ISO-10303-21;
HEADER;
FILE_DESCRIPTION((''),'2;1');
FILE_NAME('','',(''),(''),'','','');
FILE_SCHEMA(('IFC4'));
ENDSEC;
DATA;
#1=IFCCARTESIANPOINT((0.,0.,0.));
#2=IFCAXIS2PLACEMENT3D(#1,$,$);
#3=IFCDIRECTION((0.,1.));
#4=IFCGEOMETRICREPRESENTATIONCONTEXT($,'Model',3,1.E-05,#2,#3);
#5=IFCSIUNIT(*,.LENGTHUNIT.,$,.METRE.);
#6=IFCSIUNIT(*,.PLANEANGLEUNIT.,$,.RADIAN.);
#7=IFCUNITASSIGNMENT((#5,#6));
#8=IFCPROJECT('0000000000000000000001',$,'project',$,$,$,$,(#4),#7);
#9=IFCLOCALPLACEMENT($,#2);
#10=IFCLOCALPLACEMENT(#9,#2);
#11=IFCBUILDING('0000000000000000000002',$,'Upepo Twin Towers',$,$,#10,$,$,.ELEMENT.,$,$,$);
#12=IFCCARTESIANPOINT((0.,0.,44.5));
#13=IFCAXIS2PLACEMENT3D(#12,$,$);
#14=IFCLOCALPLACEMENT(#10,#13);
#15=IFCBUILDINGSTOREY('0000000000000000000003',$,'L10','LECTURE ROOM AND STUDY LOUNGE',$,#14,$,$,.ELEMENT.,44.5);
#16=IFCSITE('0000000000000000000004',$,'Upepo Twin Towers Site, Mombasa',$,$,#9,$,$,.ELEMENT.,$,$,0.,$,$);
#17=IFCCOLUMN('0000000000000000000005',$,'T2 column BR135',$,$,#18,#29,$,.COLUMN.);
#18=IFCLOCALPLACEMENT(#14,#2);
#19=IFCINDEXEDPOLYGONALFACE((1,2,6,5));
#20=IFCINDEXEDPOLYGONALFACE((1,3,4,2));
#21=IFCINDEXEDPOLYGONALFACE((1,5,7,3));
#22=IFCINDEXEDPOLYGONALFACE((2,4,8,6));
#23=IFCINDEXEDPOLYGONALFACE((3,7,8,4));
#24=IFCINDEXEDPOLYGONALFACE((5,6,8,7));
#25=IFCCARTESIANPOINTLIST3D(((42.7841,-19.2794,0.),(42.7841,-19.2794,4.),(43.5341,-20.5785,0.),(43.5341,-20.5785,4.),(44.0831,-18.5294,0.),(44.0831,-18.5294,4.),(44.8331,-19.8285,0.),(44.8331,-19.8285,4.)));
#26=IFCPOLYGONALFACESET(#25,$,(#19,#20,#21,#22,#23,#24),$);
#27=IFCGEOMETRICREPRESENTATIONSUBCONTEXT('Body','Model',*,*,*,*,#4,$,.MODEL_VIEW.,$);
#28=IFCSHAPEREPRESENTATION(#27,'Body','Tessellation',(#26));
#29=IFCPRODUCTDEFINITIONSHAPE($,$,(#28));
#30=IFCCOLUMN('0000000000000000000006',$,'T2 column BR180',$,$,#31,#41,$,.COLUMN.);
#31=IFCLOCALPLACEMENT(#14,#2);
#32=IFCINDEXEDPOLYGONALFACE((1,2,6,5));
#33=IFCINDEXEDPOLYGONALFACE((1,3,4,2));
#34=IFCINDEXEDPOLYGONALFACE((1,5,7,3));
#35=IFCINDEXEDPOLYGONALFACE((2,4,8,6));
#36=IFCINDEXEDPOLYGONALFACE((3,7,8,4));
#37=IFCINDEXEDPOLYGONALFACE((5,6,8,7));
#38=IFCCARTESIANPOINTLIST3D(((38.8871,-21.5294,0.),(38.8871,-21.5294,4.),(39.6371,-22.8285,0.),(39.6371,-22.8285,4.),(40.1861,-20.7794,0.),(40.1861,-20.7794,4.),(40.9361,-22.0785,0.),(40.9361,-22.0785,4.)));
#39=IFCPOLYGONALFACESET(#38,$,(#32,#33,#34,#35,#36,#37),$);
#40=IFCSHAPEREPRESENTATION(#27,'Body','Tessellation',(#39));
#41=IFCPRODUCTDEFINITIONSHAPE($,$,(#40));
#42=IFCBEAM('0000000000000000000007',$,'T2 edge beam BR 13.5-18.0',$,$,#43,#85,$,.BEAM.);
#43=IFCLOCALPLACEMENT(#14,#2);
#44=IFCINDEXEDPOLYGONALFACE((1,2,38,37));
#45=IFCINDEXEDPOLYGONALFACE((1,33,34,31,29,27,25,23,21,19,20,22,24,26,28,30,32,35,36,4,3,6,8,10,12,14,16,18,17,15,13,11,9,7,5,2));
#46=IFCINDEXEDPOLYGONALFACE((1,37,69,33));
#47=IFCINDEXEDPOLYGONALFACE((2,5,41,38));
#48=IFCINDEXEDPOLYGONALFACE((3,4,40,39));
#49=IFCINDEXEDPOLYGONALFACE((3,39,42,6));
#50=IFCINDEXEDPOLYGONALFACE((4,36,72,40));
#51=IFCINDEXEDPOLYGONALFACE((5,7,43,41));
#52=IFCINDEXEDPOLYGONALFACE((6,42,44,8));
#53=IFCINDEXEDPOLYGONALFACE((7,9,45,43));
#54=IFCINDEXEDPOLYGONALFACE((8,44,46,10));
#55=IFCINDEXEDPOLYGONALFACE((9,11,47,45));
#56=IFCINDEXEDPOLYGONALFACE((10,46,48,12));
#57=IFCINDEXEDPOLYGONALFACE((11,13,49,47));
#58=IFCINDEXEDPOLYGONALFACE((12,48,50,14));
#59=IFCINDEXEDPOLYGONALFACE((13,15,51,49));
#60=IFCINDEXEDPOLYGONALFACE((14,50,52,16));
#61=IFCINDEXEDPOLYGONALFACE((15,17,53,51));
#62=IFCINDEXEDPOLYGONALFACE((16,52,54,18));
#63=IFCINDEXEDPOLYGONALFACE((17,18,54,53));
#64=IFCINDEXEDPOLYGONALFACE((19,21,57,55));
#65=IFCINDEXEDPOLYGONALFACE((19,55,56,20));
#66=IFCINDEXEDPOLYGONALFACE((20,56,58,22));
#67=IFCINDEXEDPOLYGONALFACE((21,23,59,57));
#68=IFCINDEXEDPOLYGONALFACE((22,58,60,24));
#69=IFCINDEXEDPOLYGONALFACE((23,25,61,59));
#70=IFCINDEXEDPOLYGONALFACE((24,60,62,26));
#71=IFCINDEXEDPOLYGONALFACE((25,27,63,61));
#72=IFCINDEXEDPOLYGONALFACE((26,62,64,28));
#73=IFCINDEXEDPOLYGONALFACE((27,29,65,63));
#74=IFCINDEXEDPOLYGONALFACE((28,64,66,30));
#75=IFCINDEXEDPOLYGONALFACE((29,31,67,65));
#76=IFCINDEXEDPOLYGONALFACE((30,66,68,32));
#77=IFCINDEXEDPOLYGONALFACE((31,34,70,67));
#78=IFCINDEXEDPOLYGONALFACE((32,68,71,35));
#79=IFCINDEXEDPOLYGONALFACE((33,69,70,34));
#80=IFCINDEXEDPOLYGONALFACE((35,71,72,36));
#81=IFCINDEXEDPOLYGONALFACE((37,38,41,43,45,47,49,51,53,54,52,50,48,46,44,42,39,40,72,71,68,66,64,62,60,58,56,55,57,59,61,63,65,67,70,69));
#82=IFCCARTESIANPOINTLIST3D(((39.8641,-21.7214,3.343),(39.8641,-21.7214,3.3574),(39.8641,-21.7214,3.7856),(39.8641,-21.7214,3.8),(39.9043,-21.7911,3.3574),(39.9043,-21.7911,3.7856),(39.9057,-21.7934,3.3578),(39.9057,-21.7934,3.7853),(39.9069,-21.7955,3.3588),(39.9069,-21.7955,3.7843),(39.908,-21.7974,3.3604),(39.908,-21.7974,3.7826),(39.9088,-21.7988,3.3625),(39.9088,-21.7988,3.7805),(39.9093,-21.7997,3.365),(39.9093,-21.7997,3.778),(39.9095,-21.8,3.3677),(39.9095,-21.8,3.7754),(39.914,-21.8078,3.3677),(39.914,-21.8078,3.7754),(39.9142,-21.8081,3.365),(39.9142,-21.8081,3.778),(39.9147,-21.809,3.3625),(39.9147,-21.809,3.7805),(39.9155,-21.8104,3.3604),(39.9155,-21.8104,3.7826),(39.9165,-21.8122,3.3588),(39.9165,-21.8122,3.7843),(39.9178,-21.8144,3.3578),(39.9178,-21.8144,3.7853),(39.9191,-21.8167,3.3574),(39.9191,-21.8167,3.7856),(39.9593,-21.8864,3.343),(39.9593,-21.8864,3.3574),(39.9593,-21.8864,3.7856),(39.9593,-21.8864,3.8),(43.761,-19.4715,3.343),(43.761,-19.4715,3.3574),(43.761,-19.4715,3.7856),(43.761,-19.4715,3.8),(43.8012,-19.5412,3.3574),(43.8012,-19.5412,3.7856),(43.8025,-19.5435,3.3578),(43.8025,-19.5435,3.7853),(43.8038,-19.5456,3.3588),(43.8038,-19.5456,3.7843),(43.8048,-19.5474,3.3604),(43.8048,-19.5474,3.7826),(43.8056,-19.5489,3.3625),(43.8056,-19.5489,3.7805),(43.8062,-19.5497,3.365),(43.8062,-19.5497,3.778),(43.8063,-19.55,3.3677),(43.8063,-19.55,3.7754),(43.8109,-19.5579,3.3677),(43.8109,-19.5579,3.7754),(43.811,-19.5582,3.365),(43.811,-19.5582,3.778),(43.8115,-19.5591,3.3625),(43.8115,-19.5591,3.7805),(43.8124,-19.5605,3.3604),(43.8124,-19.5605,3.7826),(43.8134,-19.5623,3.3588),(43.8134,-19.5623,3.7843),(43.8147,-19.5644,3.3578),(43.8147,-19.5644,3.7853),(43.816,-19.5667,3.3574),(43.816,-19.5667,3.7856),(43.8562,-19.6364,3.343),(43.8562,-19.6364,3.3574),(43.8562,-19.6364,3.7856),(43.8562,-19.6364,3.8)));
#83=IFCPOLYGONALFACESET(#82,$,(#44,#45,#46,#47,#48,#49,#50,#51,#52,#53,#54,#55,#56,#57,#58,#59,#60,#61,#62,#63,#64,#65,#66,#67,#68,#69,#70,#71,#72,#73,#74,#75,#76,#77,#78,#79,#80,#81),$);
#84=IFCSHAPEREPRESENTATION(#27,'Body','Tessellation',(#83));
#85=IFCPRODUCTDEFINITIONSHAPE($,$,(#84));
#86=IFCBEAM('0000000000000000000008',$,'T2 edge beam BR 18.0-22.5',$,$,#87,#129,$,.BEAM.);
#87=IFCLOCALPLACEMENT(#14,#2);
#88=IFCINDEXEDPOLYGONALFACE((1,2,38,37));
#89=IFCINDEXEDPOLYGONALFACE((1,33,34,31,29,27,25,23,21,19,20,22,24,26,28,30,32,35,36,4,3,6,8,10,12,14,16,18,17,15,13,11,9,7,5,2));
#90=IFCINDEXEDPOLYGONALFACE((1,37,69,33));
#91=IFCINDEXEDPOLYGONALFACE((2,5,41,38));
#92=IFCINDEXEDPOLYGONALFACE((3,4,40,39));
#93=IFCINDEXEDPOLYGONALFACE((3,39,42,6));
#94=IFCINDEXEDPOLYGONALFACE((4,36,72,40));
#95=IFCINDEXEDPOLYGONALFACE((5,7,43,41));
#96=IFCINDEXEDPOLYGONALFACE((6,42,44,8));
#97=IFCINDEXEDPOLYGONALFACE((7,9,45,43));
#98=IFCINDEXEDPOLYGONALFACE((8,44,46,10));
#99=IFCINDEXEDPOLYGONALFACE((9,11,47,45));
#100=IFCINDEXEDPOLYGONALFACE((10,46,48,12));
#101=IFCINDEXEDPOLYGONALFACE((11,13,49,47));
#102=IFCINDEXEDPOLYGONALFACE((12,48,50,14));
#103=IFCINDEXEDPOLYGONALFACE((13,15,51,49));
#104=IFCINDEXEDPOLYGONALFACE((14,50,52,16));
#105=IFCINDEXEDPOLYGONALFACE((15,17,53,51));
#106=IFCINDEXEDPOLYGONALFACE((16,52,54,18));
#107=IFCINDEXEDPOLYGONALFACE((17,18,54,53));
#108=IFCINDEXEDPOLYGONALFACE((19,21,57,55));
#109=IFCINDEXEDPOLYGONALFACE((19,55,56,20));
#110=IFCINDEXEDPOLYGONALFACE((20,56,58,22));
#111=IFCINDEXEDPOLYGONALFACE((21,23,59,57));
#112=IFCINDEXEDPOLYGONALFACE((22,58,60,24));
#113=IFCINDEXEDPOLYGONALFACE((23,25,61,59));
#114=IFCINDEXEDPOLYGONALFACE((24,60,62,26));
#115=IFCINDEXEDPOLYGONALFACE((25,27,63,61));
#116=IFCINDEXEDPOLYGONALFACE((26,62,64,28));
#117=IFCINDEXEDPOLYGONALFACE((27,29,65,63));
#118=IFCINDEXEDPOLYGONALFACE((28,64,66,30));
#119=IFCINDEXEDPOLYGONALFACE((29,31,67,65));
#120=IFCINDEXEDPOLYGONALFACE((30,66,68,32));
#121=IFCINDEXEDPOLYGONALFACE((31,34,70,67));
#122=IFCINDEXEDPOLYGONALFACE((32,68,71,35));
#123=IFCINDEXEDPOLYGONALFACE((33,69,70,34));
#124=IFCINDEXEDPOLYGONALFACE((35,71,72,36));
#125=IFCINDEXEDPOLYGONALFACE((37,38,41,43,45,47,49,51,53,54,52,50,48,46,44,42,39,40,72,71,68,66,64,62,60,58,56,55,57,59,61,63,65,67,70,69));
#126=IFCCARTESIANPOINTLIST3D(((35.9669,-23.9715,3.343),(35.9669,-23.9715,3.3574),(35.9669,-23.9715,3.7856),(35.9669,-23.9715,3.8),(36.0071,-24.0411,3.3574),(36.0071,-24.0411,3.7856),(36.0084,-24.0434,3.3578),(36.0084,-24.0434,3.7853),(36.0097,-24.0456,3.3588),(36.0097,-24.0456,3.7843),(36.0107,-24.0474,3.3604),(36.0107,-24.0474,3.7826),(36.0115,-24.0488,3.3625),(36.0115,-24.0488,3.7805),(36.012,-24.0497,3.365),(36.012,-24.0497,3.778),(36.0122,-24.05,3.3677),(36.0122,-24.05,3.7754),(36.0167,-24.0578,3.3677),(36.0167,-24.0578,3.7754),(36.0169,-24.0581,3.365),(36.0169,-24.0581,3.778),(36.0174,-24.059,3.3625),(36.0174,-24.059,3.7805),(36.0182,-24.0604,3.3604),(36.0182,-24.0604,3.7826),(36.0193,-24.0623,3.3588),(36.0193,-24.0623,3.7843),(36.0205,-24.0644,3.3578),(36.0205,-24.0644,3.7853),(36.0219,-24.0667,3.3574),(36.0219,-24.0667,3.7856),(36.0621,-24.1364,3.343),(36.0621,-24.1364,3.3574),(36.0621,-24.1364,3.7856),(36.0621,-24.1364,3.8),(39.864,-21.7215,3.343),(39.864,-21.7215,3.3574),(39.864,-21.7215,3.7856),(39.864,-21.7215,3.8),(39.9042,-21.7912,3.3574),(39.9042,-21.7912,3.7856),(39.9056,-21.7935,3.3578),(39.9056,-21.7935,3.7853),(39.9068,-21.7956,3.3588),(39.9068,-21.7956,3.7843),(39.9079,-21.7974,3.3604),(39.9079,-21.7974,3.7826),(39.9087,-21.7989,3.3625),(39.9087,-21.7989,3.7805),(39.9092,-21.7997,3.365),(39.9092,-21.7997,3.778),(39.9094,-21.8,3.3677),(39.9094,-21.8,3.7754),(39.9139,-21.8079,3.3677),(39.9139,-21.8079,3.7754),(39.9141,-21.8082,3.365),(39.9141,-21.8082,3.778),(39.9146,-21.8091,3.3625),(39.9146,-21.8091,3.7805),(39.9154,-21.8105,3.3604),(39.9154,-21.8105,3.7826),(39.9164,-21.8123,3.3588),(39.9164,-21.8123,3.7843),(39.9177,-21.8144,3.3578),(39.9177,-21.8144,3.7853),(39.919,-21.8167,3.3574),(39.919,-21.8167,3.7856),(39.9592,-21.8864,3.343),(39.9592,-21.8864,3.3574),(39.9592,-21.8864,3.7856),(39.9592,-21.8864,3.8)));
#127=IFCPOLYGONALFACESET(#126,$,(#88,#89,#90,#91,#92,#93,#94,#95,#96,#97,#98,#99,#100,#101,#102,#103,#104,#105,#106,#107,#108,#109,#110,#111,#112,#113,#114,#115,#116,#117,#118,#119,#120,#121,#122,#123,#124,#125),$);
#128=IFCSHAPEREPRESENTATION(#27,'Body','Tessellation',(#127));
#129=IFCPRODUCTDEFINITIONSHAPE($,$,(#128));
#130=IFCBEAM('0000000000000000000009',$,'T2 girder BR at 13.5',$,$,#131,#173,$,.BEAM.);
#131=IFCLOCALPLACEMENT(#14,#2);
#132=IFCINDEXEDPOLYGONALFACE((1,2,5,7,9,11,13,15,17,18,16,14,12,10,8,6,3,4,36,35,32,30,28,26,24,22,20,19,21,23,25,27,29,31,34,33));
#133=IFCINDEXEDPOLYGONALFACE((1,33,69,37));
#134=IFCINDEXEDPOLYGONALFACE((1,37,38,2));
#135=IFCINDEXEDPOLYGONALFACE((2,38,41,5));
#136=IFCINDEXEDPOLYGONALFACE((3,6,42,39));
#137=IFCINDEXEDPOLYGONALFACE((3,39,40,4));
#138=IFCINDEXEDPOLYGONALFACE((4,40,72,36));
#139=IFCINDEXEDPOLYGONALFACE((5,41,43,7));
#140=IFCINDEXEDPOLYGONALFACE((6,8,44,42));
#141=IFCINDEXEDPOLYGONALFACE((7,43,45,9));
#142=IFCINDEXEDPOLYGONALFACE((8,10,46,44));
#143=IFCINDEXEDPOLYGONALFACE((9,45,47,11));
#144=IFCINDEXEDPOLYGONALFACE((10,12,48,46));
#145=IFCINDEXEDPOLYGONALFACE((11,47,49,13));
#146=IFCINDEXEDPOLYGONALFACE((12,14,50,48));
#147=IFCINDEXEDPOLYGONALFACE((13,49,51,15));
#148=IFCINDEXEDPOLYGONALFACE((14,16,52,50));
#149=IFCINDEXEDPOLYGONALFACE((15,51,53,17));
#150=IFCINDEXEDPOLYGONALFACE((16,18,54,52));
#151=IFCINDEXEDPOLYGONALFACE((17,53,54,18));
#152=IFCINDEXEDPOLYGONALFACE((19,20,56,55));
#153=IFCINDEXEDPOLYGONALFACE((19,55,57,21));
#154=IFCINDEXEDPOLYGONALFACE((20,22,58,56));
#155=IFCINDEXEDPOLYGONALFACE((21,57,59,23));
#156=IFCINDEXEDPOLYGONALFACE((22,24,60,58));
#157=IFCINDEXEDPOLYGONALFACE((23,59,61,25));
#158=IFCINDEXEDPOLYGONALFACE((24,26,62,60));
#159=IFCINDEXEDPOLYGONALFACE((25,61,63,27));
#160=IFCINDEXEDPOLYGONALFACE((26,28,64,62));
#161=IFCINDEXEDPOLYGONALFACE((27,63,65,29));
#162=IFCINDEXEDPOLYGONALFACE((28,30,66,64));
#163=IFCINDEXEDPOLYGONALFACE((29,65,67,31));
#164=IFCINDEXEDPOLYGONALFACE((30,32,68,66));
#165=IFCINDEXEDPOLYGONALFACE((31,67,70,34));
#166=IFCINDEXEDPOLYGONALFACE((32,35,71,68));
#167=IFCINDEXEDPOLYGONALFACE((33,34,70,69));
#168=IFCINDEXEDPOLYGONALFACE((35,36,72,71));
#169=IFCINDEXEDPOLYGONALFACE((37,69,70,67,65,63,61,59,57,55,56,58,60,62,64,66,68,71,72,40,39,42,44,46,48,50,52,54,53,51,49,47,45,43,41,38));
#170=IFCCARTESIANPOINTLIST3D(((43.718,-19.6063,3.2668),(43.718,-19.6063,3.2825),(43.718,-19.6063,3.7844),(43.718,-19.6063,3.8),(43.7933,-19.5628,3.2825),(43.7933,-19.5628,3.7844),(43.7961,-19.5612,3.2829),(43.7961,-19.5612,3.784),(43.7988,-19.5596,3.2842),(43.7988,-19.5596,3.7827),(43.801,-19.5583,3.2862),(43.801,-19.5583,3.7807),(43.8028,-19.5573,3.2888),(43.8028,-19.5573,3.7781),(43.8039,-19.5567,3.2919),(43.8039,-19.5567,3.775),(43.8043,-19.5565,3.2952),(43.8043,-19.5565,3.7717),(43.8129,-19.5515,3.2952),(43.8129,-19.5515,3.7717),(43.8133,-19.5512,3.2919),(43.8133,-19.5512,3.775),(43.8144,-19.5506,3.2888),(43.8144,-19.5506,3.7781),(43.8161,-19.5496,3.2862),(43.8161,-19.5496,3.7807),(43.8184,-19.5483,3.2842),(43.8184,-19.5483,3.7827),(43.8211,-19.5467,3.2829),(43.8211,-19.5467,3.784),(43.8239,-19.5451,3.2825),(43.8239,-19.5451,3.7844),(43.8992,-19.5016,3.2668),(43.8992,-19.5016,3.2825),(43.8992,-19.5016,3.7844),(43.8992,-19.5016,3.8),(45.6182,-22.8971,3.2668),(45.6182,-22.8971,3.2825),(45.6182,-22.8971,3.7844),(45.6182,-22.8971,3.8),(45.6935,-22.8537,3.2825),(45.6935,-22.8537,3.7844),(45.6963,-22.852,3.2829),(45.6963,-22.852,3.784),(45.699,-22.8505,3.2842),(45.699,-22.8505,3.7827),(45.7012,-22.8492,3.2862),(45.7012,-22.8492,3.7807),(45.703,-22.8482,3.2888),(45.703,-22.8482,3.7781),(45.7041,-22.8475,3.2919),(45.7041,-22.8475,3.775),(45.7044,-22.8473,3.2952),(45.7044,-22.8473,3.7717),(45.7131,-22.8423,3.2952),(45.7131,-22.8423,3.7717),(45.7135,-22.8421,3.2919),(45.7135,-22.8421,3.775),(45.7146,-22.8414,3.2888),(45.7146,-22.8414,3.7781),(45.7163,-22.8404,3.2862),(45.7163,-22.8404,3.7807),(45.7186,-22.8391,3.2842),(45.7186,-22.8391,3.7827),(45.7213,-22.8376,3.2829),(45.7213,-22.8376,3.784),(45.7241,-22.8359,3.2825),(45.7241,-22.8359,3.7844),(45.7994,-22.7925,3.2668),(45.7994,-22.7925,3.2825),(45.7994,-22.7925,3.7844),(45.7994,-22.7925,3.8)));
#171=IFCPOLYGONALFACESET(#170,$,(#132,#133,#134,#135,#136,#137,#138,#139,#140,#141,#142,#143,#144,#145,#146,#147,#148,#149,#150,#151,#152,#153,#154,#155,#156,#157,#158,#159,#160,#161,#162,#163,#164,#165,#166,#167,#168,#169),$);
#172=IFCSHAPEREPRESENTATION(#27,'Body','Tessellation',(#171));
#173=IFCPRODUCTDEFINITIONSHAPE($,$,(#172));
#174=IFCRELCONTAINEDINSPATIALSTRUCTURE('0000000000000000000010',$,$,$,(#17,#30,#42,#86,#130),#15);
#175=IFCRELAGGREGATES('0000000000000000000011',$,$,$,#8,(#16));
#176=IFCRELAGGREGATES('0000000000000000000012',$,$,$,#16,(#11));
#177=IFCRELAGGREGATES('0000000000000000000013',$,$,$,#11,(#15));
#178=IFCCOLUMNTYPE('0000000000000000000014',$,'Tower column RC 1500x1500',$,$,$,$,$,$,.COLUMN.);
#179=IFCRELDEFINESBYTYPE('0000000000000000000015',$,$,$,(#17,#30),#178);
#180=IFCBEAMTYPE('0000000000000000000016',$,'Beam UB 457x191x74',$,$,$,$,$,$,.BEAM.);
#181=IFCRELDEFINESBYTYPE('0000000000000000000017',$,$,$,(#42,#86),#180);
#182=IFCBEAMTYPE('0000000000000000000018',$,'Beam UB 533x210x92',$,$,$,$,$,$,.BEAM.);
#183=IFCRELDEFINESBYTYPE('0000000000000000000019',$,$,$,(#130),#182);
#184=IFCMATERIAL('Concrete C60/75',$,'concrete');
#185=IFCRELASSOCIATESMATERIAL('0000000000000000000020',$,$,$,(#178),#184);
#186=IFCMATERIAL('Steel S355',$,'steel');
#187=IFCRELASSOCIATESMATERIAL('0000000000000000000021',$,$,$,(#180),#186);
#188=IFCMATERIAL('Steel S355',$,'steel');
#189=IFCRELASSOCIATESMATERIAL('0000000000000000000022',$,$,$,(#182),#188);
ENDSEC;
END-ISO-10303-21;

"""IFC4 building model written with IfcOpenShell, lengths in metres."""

from ifc_helpers import new_model, si_unit, direction, frame, origin, origin_2d, place, context, subcontext, project, spatial, rectangle, i_section, extrude, material, material_profile, profile_set, type_object, element, save


model = new_model("IFC4")

# Units and contexts
model_context = context("Model", 3, precision=1e-05, world=origin(), true_north=direction((0.0, 1.0)))
body_context = subcontext(model_context, "Body", "Model", "MODEL_VIEW")
ifc_project = project(units=[si_unit("LENGTHUNIT", "METRE"), si_unit("PLANEANGLEUNIT", "RADIAN")], contexts=[model_context])

# Site, building, storey
site_placement = place(None, origin())
site = spatial("IfcSite", under=ifc_project, at=site_placement, Name="Upepo Twin Towers Site, Mombasa", CompositionType="ELEMENT", RefElevation=0.0)
building_placement = place(site_placement, origin())
building = spatial("IfcBuilding", under=site, at=building_placement, Name="Upepo Twin Towers", CompositionType="ELEMENT")
storey_placement = place(building_placement, frame((0.0, 0.0, 44.5)))
storey = spatial("IfcBuildingStorey", under=building, at=storey_placement, Name="L10", Description="LECTURE ROOM AND STUDY LOUNGE", CompositionType="ELEMENT", Elevation=44.5)

# Columns
ifc_material_1 = material(Name="Concrete C60/75", Category="concrete")
ifc_material_profile_1 = material_profile(ifc_material_1, rectangle(XDim=1.5, YDim=1.5, at=origin_2d()), Name="RC 1500x1500")
ifc_profile_set_1 = profile_set([ifc_material_profile_1], Name="Concrete C60/75")
column_type = type_object("IfcColumnType", Name="Tower column RC 1500x1500", PredefinedType="COLUMN", material=ifc_profile_set_1)
for number, where, z_axis, x_axis, name in (
    (1, (43.8086, -19.554, 0.0), (0.0, 0.0, 1.0), (0.866025, 0.5, 0.0), "T2 column BR135"),
    (2, (39.9116, -21.804, 0.0), (0.0, 0.0, 1.0), (0.866025, 0.5, 0.0), "T2 column BR180"),
):
    element("IfcColumn", number, at=place(storey_placement, frame(where, z_axis=z_axis, x_axis=x_axis)), inside=storey, type_object=column_type, Name=name, PredefinedType="COLUMN", context=body_context, shape_type="SweptSolid", body=[
        extrude(rectangle(XDim=1.5, YDim=1.5, at=origin_2d()), origin(), (0.0, 0.0, 1.0), 4.0),
    ])

# Beams
ifc_material_2 = material(Name="Steel S355", Category="steel")
ifc_material_profile_2 = material_profile(ifc_material_2, i_section(OverallWidth=0.1904, OverallDepth=0.457, WebThickness=0.009, FlangeThickness=0.0144, FilletRadius=0.0103, at=origin_2d()), Name="UB 457x191x74")
ifc_profile_set_2 = profile_set([ifc_material_profile_2], Name="Steel S355")
beam_type_1 = type_object("IfcBeamType", Name="Beam UB 457x191x74", PredefinedType="BEAM", material=ifc_profile_set_2)
beam_1_placement = place(storey_placement, frame((43.8086, -19.554, 3.5715), z_axis=(-0.866018, -0.500014, 0.0), x_axis=(0.500014, -0.866018, 0.0)))
element("IfcBeam", 3, at=beam_1_placement, inside=storey, type_object=beam_type_1, Name="T2 edge beam BR 13.5-18.0", PredefinedType="BEAM", context=body_context, shape_type="SweptSolid", body=[
    extrude(i_section(OverallWidth=0.1904, OverallDepth=0.457, WebThickness=0.009, FlangeThickness=0.0144, FilletRadius=0.0103, at=origin_2d()), origin(), (0.0, 0.0, 1.0), 4.4998),
])
beam_2_placement = place(storey_placement, frame((39.9116, -21.804, 3.5715), z_axis=(-0.866031, -0.49999, 0.0), x_axis=(0.49999, -0.866031, 0.0)))
element("IfcBeam", 4, at=beam_2_placement, inside=storey, type_object=beam_type_1, Name="T2 edge beam BR 18.0-22.5", PredefinedType="BEAM", context=body_context, shape_type="SweptSolid", body=[
    extrude(i_section(OverallWidth=0.1904, OverallDepth=0.457, WebThickness=0.009, FlangeThickness=0.0144, FilletRadius=0.0103, at=origin_2d()), origin(), (0.0, 0.0, 1.0), 4.5),
])
ifc_material_3 = material(Name="Steel S355", Category="steel")
ifc_material_profile_3 = material_profile(ifc_material_3, i_section(OverallWidth=0.2092, OverallDepth=0.5332, WebThickness=0.01, FlangeThickness=0.0156, FilletRadius=0.0127, at=origin_2d()), Name="UB 533x210x92")
ifc_profile_set_3 = profile_set([ifc_material_profile_3], Name="Steel S355")
beam_type_2 = type_object("IfcBeamType", Name="Beam UB 533x210x92", PredefinedType="BEAM", material=ifc_profile_set_3)
beam_3_placement = place(storey_placement, frame((43.8086, -19.554, 3.5334), z_axis=(0.500043, -0.866, 0.0), x_axis=(0.866, 0.500043, 0.0)))
element("IfcBeam", 5, at=beam_3_placement, inside=storey, type_object=beam_type_2, Name="T2 girder BR at 13.5", PredefinedType="BEAM", context=body_context, shape_type="SweptSolid", body=[
    extrude(i_section(OverallWidth=0.2092, OverallDepth=0.5332, WebThickness=0.01, FlangeThickness=0.0156, FilletRadius=0.0127, at=origin_2d()), origin(), (0.0, 0.0, 1.0), 3.8),
])

save(model, "model.ifc")
